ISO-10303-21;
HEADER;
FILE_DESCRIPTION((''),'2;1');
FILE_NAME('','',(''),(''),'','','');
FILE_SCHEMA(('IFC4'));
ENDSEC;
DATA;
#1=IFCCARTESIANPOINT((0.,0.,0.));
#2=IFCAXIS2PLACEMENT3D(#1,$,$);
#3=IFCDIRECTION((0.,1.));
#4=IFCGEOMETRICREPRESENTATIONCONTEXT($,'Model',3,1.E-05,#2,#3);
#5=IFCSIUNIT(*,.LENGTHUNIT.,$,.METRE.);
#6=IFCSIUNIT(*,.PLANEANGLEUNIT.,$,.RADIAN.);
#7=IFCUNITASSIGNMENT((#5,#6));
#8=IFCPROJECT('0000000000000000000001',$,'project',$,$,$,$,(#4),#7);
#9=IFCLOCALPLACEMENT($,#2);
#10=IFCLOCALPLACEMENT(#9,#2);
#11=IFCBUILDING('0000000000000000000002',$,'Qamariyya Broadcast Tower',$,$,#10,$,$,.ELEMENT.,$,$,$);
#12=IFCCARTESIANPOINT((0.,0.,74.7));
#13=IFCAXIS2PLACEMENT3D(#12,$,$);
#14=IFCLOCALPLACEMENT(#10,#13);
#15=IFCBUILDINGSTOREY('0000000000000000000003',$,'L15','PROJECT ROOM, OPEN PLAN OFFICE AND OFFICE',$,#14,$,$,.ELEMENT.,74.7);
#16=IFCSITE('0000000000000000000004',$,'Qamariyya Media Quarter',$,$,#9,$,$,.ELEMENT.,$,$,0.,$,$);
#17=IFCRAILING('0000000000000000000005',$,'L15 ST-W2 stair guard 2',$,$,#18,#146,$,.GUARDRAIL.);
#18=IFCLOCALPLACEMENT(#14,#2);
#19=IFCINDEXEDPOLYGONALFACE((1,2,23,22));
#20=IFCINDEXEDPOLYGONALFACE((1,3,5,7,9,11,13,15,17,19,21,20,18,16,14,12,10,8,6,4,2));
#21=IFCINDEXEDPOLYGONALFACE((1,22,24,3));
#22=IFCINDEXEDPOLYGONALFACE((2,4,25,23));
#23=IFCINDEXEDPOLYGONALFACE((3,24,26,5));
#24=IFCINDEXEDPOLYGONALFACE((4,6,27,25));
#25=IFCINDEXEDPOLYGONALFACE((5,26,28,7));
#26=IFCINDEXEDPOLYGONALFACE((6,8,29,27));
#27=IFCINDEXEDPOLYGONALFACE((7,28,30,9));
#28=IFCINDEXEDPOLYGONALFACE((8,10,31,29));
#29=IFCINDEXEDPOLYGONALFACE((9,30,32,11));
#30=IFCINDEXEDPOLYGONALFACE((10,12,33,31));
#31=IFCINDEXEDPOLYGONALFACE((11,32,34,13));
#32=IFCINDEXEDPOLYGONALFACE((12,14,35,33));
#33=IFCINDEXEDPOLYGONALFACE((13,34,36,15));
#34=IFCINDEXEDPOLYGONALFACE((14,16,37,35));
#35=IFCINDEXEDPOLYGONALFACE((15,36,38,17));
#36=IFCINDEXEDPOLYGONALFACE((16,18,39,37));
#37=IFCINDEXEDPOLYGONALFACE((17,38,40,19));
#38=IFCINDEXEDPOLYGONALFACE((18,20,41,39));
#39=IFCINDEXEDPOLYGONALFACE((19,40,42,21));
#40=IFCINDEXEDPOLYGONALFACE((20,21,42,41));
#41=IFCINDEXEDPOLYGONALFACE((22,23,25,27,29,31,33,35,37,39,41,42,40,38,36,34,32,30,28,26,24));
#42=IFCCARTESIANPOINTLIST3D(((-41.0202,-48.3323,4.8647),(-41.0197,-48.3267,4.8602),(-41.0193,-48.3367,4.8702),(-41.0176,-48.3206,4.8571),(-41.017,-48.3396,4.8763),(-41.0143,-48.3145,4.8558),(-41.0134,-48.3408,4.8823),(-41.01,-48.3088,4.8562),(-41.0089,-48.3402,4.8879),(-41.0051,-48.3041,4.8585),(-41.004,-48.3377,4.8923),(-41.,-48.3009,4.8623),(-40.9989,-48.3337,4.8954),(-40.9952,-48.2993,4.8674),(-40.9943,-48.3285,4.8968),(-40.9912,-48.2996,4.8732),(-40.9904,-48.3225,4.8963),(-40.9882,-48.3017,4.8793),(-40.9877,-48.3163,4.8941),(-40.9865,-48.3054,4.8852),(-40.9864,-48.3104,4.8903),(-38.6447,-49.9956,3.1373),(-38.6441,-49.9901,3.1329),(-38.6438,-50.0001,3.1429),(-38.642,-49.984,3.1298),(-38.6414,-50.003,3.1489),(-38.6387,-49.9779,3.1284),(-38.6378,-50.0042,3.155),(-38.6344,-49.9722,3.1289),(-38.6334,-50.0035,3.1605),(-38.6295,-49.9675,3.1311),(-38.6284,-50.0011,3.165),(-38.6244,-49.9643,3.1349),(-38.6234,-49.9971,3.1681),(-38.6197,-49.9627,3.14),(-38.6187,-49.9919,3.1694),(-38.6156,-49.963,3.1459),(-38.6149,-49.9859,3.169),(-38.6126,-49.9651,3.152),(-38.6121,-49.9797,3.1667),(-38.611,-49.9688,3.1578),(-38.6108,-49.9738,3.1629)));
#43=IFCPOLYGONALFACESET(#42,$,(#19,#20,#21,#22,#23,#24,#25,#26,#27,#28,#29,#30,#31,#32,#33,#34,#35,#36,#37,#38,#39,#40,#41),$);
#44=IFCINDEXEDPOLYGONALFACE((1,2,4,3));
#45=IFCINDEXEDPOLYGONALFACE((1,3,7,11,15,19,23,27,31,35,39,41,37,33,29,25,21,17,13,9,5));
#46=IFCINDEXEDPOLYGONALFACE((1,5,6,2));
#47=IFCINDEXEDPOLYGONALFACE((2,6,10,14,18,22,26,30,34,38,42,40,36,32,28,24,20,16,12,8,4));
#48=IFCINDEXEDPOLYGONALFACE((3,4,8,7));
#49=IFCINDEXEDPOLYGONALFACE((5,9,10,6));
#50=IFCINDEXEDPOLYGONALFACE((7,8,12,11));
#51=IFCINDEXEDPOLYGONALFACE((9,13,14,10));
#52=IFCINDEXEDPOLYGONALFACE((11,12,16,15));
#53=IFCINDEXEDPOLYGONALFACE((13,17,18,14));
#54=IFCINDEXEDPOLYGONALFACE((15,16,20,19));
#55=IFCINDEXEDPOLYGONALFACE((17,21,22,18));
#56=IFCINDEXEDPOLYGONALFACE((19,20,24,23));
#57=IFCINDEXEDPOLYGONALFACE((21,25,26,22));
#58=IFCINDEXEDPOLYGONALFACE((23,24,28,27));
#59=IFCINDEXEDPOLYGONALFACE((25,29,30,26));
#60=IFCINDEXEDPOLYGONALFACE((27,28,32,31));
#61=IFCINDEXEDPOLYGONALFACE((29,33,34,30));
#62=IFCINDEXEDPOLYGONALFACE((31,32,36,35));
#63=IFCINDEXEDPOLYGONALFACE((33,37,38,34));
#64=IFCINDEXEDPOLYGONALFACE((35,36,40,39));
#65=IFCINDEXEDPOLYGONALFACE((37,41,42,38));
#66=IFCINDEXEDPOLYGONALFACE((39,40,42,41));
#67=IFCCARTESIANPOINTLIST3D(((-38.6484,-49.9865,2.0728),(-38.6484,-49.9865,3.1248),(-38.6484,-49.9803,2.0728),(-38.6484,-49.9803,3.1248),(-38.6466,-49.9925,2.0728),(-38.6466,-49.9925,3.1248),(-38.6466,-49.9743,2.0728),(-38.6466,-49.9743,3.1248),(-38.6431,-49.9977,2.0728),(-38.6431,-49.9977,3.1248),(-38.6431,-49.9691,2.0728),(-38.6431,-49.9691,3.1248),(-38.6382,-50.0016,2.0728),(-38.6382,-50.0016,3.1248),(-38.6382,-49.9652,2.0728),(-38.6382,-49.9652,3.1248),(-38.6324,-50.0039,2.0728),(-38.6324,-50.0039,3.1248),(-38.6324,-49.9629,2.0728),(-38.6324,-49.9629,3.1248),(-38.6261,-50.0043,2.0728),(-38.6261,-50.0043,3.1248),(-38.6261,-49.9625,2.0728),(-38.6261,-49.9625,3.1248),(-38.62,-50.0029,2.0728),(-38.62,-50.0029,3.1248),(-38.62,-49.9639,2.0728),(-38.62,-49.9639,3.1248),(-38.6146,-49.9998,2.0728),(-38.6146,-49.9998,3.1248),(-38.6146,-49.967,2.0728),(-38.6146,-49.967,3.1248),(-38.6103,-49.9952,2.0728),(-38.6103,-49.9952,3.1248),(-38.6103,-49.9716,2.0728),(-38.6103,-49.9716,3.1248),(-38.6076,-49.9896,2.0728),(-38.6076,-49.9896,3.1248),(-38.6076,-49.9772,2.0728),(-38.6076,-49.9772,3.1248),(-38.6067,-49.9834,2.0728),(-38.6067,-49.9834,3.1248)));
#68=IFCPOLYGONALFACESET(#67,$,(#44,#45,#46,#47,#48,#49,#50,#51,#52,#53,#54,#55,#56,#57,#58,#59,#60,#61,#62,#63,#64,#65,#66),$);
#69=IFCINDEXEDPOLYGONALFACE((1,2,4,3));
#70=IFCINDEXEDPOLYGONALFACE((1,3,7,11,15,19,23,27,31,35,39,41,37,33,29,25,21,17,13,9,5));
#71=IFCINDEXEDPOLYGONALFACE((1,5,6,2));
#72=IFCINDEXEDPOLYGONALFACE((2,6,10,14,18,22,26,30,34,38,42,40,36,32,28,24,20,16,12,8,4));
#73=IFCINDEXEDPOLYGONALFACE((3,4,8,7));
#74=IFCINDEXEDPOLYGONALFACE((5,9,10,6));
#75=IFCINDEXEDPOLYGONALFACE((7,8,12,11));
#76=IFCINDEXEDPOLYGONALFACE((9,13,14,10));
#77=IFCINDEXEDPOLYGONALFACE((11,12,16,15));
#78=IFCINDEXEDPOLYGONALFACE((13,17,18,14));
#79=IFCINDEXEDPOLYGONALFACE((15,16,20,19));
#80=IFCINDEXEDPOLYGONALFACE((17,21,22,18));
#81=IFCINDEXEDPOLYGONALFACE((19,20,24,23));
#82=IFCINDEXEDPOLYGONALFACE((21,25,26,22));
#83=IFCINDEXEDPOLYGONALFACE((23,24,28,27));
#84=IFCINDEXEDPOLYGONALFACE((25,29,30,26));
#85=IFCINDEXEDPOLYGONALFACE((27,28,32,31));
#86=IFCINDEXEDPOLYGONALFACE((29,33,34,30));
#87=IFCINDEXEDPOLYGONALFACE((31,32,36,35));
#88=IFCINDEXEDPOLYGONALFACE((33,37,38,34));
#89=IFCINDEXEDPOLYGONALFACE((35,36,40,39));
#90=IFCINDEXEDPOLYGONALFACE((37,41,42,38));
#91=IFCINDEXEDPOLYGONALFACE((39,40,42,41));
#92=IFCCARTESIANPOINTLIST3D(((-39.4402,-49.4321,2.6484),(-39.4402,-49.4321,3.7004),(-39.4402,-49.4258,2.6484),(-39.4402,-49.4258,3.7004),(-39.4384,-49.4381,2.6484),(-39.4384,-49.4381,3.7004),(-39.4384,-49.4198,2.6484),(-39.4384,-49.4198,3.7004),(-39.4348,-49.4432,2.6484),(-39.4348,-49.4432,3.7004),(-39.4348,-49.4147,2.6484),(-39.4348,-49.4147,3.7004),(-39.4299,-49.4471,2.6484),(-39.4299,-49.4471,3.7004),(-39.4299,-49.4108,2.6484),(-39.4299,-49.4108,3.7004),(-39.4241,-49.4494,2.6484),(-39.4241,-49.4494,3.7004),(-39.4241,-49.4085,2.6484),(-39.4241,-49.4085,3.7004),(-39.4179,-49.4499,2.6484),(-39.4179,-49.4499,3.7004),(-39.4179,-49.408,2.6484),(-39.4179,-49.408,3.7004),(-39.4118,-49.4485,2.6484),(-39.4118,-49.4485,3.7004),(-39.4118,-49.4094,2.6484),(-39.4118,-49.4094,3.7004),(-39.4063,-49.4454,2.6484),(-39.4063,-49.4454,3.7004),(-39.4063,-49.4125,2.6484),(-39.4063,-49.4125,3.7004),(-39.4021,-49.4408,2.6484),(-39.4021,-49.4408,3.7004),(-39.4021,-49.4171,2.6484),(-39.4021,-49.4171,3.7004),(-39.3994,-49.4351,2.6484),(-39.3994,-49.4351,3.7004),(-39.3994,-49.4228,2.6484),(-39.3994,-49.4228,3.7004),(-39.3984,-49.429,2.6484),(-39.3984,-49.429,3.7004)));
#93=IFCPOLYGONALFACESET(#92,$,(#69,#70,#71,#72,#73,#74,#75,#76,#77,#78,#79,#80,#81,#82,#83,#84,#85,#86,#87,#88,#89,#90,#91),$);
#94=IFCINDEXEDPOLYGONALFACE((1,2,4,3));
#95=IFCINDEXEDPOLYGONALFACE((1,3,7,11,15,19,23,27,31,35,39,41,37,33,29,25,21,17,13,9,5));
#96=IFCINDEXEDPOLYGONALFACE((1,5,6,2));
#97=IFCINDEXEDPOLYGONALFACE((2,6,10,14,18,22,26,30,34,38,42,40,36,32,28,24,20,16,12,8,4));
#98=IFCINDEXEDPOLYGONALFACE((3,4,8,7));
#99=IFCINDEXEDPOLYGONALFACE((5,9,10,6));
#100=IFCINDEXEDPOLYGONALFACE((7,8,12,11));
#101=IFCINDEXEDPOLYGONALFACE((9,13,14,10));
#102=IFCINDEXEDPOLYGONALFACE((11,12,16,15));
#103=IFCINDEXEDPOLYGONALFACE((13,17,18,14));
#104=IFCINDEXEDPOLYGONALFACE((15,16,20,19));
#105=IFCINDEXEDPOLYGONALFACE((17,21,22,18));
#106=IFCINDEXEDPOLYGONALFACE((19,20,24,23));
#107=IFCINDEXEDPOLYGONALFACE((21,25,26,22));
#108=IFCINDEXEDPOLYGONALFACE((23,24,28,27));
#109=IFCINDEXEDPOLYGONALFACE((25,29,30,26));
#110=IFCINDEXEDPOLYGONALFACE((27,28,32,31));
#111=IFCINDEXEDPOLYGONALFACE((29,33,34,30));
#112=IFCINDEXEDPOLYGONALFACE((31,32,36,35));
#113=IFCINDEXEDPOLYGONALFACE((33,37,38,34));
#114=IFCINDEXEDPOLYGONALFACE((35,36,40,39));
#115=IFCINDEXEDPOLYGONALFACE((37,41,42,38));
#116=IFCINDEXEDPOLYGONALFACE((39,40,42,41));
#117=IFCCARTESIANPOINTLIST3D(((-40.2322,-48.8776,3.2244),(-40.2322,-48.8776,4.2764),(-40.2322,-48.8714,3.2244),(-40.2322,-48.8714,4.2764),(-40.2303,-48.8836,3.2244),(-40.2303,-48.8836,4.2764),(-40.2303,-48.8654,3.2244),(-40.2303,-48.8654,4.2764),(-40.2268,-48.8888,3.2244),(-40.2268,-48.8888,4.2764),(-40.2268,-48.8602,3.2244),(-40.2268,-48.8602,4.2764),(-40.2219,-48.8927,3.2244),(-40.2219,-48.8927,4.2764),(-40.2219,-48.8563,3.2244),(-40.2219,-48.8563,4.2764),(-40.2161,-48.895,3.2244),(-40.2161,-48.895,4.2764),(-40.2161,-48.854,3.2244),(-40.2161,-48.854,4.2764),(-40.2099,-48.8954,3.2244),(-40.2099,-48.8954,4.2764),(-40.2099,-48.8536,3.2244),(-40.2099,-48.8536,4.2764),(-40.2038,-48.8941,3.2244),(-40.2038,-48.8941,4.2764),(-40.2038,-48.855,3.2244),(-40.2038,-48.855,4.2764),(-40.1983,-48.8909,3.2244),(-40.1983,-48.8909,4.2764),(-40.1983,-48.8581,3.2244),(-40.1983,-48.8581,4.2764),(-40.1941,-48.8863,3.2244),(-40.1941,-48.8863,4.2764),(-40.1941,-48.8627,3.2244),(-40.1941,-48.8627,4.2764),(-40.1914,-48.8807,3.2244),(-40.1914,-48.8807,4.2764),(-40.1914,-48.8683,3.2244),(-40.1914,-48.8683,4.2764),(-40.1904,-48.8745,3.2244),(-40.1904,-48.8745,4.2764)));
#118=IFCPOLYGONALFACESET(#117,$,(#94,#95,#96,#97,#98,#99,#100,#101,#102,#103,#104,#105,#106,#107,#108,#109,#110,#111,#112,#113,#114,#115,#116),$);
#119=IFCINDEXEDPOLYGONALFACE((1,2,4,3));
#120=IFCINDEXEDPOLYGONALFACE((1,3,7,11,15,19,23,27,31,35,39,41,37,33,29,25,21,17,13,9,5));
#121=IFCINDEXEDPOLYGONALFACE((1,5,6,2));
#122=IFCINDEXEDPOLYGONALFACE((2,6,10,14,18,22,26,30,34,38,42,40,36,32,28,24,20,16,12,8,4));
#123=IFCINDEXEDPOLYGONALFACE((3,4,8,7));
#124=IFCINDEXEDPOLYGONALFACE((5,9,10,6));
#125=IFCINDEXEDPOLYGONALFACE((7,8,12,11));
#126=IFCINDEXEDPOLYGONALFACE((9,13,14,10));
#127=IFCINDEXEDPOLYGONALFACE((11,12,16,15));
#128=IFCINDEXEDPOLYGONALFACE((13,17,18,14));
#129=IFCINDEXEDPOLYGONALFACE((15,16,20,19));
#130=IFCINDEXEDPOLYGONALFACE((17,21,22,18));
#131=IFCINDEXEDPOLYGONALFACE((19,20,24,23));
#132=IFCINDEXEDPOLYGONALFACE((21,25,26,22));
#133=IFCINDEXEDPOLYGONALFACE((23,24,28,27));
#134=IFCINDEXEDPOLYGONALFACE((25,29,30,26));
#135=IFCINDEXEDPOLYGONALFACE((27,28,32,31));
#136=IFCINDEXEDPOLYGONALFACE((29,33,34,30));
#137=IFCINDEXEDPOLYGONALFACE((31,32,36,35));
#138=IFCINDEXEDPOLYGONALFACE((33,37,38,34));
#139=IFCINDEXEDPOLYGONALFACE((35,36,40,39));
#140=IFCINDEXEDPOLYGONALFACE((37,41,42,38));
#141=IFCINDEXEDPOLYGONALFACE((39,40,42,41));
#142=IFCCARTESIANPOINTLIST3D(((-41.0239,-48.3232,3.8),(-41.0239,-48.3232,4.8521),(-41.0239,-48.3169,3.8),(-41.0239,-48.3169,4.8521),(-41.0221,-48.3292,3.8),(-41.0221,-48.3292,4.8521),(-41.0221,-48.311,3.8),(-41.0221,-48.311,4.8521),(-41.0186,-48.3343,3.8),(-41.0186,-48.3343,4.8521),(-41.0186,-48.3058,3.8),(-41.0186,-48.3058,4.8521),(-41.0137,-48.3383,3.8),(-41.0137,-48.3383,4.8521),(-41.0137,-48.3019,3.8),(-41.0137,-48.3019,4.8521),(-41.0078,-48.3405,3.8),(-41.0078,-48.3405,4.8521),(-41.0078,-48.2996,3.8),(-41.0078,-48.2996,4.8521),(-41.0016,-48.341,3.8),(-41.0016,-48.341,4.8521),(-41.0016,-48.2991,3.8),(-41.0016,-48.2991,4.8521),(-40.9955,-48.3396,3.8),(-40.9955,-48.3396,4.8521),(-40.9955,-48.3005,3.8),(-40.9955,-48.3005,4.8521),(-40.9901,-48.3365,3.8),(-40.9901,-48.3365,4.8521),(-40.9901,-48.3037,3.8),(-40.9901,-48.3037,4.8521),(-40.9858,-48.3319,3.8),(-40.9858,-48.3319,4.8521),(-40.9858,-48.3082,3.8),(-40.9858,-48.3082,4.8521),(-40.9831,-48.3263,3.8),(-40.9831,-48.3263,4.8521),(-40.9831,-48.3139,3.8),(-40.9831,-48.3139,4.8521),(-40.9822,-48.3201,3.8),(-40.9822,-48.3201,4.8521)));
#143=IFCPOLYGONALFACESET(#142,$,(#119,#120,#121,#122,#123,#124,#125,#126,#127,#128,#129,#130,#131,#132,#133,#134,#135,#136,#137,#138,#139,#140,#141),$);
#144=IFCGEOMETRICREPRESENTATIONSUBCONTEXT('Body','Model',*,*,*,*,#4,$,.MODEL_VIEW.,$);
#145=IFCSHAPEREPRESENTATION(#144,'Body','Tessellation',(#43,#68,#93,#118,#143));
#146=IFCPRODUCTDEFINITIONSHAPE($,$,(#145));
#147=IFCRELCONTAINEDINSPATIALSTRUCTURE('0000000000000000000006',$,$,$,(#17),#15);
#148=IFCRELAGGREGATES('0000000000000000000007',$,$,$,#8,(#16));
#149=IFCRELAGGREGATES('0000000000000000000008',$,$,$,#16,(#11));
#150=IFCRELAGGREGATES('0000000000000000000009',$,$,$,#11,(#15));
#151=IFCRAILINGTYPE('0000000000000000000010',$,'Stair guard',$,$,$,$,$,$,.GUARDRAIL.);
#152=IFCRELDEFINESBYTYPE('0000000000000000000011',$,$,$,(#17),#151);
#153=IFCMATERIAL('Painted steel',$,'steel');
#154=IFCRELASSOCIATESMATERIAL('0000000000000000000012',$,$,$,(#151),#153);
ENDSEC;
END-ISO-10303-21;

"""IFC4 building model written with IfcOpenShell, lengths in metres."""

from ifc_helpers import new_model, si_unit, direction, frame, origin, origin_2d, place, context, subcontext, project, spatial, circle, extrude, material, type_object, element, save


model = new_model("IFC4")

# Units and contexts
model_context = context("Model", 3, precision=1e-05, world=origin(), true_north=direction((0.0, 1.0)))
body_context = subcontext(model_context, "Body", "Model", "MODEL_VIEW")
ifc_project = project(units=[si_unit("LENGTHUNIT", "METRE"), si_unit("PLANEANGLEUNIT", "RADIAN")], contexts=[model_context])

# Site, building, storey
site_placement = place(None, origin())
site = spatial("IfcSite", under=ifc_project, at=site_placement, Name="Qamariyya Media Quarter", CompositionType="ELEMENT", RefElevation=0.0)
building_placement = place(site_placement, origin())
building = spatial("IfcBuilding", under=site, at=building_placement, Name="Qamariyya Broadcast Tower", CompositionType="ELEMENT")
storey_placement = place(building_placement, frame((0.0, 0.0, 74.7)))
storey = spatial("IfcBuildingStorey", under=building, at=storey_placement, Name="L15", Description="PROJECT ROOM, OPEN PLAN OFFICE AND OFFICE", CompositionType="ELEMENT", Elevation=74.7)

# Railing
ifc_material_1 = material(Name="Painted steel", Category="steel")
railing_type_1 = type_object("IfcRailingType", Name="Stair guard", PredefinedType="GUARDRAIL", material=ifc_material_1)
railing_1_placement = place(storey_placement, frame((-38.6277, -49.9834, 2.0728)))
element("IfcRailing", 1, at=railing_1_placement, inside=storey, type_object=railing_type_1, Name="L15 ST-W2 stair guard 2", PredefinedType="GUARDRAIL", context=body_context, shape_type="SweptSolid", body=[
    extrude(circle(Radius=0.0239, at=origin_2d()), frame((0.0, 0.0, 1.0762), z_axis=(-0.70377, 0.492784, 0.511734), x_axis=(-0.573575, -0.819153, 0.0)), (0.0, 0.0, 1.0), 3.3755),
    extrude(circle(Radius=0.021, at=origin_2d()), origin(), (0.0, 0.0, 1.0), 1.052),
    extrude(circle(Radius=0.021, at=origin_2d()), frame((-0.7917, 0.5544, 0.5757)), (0.0, 0.0, 1.0), 1.052),
    extrude(circle(Radius=0.021, at=origin_2d()), frame((-1.5837, 1.1089, 1.1516)), (0.0, 0.0, 1.0), 1.052),
    extrude(circle(Radius=0.021, at=origin_2d()), frame((-2.3755, 1.6633, 1.7273)), (0.0, 0.0, 1.0), 1.052),
])

save(model, "model.ifc")
